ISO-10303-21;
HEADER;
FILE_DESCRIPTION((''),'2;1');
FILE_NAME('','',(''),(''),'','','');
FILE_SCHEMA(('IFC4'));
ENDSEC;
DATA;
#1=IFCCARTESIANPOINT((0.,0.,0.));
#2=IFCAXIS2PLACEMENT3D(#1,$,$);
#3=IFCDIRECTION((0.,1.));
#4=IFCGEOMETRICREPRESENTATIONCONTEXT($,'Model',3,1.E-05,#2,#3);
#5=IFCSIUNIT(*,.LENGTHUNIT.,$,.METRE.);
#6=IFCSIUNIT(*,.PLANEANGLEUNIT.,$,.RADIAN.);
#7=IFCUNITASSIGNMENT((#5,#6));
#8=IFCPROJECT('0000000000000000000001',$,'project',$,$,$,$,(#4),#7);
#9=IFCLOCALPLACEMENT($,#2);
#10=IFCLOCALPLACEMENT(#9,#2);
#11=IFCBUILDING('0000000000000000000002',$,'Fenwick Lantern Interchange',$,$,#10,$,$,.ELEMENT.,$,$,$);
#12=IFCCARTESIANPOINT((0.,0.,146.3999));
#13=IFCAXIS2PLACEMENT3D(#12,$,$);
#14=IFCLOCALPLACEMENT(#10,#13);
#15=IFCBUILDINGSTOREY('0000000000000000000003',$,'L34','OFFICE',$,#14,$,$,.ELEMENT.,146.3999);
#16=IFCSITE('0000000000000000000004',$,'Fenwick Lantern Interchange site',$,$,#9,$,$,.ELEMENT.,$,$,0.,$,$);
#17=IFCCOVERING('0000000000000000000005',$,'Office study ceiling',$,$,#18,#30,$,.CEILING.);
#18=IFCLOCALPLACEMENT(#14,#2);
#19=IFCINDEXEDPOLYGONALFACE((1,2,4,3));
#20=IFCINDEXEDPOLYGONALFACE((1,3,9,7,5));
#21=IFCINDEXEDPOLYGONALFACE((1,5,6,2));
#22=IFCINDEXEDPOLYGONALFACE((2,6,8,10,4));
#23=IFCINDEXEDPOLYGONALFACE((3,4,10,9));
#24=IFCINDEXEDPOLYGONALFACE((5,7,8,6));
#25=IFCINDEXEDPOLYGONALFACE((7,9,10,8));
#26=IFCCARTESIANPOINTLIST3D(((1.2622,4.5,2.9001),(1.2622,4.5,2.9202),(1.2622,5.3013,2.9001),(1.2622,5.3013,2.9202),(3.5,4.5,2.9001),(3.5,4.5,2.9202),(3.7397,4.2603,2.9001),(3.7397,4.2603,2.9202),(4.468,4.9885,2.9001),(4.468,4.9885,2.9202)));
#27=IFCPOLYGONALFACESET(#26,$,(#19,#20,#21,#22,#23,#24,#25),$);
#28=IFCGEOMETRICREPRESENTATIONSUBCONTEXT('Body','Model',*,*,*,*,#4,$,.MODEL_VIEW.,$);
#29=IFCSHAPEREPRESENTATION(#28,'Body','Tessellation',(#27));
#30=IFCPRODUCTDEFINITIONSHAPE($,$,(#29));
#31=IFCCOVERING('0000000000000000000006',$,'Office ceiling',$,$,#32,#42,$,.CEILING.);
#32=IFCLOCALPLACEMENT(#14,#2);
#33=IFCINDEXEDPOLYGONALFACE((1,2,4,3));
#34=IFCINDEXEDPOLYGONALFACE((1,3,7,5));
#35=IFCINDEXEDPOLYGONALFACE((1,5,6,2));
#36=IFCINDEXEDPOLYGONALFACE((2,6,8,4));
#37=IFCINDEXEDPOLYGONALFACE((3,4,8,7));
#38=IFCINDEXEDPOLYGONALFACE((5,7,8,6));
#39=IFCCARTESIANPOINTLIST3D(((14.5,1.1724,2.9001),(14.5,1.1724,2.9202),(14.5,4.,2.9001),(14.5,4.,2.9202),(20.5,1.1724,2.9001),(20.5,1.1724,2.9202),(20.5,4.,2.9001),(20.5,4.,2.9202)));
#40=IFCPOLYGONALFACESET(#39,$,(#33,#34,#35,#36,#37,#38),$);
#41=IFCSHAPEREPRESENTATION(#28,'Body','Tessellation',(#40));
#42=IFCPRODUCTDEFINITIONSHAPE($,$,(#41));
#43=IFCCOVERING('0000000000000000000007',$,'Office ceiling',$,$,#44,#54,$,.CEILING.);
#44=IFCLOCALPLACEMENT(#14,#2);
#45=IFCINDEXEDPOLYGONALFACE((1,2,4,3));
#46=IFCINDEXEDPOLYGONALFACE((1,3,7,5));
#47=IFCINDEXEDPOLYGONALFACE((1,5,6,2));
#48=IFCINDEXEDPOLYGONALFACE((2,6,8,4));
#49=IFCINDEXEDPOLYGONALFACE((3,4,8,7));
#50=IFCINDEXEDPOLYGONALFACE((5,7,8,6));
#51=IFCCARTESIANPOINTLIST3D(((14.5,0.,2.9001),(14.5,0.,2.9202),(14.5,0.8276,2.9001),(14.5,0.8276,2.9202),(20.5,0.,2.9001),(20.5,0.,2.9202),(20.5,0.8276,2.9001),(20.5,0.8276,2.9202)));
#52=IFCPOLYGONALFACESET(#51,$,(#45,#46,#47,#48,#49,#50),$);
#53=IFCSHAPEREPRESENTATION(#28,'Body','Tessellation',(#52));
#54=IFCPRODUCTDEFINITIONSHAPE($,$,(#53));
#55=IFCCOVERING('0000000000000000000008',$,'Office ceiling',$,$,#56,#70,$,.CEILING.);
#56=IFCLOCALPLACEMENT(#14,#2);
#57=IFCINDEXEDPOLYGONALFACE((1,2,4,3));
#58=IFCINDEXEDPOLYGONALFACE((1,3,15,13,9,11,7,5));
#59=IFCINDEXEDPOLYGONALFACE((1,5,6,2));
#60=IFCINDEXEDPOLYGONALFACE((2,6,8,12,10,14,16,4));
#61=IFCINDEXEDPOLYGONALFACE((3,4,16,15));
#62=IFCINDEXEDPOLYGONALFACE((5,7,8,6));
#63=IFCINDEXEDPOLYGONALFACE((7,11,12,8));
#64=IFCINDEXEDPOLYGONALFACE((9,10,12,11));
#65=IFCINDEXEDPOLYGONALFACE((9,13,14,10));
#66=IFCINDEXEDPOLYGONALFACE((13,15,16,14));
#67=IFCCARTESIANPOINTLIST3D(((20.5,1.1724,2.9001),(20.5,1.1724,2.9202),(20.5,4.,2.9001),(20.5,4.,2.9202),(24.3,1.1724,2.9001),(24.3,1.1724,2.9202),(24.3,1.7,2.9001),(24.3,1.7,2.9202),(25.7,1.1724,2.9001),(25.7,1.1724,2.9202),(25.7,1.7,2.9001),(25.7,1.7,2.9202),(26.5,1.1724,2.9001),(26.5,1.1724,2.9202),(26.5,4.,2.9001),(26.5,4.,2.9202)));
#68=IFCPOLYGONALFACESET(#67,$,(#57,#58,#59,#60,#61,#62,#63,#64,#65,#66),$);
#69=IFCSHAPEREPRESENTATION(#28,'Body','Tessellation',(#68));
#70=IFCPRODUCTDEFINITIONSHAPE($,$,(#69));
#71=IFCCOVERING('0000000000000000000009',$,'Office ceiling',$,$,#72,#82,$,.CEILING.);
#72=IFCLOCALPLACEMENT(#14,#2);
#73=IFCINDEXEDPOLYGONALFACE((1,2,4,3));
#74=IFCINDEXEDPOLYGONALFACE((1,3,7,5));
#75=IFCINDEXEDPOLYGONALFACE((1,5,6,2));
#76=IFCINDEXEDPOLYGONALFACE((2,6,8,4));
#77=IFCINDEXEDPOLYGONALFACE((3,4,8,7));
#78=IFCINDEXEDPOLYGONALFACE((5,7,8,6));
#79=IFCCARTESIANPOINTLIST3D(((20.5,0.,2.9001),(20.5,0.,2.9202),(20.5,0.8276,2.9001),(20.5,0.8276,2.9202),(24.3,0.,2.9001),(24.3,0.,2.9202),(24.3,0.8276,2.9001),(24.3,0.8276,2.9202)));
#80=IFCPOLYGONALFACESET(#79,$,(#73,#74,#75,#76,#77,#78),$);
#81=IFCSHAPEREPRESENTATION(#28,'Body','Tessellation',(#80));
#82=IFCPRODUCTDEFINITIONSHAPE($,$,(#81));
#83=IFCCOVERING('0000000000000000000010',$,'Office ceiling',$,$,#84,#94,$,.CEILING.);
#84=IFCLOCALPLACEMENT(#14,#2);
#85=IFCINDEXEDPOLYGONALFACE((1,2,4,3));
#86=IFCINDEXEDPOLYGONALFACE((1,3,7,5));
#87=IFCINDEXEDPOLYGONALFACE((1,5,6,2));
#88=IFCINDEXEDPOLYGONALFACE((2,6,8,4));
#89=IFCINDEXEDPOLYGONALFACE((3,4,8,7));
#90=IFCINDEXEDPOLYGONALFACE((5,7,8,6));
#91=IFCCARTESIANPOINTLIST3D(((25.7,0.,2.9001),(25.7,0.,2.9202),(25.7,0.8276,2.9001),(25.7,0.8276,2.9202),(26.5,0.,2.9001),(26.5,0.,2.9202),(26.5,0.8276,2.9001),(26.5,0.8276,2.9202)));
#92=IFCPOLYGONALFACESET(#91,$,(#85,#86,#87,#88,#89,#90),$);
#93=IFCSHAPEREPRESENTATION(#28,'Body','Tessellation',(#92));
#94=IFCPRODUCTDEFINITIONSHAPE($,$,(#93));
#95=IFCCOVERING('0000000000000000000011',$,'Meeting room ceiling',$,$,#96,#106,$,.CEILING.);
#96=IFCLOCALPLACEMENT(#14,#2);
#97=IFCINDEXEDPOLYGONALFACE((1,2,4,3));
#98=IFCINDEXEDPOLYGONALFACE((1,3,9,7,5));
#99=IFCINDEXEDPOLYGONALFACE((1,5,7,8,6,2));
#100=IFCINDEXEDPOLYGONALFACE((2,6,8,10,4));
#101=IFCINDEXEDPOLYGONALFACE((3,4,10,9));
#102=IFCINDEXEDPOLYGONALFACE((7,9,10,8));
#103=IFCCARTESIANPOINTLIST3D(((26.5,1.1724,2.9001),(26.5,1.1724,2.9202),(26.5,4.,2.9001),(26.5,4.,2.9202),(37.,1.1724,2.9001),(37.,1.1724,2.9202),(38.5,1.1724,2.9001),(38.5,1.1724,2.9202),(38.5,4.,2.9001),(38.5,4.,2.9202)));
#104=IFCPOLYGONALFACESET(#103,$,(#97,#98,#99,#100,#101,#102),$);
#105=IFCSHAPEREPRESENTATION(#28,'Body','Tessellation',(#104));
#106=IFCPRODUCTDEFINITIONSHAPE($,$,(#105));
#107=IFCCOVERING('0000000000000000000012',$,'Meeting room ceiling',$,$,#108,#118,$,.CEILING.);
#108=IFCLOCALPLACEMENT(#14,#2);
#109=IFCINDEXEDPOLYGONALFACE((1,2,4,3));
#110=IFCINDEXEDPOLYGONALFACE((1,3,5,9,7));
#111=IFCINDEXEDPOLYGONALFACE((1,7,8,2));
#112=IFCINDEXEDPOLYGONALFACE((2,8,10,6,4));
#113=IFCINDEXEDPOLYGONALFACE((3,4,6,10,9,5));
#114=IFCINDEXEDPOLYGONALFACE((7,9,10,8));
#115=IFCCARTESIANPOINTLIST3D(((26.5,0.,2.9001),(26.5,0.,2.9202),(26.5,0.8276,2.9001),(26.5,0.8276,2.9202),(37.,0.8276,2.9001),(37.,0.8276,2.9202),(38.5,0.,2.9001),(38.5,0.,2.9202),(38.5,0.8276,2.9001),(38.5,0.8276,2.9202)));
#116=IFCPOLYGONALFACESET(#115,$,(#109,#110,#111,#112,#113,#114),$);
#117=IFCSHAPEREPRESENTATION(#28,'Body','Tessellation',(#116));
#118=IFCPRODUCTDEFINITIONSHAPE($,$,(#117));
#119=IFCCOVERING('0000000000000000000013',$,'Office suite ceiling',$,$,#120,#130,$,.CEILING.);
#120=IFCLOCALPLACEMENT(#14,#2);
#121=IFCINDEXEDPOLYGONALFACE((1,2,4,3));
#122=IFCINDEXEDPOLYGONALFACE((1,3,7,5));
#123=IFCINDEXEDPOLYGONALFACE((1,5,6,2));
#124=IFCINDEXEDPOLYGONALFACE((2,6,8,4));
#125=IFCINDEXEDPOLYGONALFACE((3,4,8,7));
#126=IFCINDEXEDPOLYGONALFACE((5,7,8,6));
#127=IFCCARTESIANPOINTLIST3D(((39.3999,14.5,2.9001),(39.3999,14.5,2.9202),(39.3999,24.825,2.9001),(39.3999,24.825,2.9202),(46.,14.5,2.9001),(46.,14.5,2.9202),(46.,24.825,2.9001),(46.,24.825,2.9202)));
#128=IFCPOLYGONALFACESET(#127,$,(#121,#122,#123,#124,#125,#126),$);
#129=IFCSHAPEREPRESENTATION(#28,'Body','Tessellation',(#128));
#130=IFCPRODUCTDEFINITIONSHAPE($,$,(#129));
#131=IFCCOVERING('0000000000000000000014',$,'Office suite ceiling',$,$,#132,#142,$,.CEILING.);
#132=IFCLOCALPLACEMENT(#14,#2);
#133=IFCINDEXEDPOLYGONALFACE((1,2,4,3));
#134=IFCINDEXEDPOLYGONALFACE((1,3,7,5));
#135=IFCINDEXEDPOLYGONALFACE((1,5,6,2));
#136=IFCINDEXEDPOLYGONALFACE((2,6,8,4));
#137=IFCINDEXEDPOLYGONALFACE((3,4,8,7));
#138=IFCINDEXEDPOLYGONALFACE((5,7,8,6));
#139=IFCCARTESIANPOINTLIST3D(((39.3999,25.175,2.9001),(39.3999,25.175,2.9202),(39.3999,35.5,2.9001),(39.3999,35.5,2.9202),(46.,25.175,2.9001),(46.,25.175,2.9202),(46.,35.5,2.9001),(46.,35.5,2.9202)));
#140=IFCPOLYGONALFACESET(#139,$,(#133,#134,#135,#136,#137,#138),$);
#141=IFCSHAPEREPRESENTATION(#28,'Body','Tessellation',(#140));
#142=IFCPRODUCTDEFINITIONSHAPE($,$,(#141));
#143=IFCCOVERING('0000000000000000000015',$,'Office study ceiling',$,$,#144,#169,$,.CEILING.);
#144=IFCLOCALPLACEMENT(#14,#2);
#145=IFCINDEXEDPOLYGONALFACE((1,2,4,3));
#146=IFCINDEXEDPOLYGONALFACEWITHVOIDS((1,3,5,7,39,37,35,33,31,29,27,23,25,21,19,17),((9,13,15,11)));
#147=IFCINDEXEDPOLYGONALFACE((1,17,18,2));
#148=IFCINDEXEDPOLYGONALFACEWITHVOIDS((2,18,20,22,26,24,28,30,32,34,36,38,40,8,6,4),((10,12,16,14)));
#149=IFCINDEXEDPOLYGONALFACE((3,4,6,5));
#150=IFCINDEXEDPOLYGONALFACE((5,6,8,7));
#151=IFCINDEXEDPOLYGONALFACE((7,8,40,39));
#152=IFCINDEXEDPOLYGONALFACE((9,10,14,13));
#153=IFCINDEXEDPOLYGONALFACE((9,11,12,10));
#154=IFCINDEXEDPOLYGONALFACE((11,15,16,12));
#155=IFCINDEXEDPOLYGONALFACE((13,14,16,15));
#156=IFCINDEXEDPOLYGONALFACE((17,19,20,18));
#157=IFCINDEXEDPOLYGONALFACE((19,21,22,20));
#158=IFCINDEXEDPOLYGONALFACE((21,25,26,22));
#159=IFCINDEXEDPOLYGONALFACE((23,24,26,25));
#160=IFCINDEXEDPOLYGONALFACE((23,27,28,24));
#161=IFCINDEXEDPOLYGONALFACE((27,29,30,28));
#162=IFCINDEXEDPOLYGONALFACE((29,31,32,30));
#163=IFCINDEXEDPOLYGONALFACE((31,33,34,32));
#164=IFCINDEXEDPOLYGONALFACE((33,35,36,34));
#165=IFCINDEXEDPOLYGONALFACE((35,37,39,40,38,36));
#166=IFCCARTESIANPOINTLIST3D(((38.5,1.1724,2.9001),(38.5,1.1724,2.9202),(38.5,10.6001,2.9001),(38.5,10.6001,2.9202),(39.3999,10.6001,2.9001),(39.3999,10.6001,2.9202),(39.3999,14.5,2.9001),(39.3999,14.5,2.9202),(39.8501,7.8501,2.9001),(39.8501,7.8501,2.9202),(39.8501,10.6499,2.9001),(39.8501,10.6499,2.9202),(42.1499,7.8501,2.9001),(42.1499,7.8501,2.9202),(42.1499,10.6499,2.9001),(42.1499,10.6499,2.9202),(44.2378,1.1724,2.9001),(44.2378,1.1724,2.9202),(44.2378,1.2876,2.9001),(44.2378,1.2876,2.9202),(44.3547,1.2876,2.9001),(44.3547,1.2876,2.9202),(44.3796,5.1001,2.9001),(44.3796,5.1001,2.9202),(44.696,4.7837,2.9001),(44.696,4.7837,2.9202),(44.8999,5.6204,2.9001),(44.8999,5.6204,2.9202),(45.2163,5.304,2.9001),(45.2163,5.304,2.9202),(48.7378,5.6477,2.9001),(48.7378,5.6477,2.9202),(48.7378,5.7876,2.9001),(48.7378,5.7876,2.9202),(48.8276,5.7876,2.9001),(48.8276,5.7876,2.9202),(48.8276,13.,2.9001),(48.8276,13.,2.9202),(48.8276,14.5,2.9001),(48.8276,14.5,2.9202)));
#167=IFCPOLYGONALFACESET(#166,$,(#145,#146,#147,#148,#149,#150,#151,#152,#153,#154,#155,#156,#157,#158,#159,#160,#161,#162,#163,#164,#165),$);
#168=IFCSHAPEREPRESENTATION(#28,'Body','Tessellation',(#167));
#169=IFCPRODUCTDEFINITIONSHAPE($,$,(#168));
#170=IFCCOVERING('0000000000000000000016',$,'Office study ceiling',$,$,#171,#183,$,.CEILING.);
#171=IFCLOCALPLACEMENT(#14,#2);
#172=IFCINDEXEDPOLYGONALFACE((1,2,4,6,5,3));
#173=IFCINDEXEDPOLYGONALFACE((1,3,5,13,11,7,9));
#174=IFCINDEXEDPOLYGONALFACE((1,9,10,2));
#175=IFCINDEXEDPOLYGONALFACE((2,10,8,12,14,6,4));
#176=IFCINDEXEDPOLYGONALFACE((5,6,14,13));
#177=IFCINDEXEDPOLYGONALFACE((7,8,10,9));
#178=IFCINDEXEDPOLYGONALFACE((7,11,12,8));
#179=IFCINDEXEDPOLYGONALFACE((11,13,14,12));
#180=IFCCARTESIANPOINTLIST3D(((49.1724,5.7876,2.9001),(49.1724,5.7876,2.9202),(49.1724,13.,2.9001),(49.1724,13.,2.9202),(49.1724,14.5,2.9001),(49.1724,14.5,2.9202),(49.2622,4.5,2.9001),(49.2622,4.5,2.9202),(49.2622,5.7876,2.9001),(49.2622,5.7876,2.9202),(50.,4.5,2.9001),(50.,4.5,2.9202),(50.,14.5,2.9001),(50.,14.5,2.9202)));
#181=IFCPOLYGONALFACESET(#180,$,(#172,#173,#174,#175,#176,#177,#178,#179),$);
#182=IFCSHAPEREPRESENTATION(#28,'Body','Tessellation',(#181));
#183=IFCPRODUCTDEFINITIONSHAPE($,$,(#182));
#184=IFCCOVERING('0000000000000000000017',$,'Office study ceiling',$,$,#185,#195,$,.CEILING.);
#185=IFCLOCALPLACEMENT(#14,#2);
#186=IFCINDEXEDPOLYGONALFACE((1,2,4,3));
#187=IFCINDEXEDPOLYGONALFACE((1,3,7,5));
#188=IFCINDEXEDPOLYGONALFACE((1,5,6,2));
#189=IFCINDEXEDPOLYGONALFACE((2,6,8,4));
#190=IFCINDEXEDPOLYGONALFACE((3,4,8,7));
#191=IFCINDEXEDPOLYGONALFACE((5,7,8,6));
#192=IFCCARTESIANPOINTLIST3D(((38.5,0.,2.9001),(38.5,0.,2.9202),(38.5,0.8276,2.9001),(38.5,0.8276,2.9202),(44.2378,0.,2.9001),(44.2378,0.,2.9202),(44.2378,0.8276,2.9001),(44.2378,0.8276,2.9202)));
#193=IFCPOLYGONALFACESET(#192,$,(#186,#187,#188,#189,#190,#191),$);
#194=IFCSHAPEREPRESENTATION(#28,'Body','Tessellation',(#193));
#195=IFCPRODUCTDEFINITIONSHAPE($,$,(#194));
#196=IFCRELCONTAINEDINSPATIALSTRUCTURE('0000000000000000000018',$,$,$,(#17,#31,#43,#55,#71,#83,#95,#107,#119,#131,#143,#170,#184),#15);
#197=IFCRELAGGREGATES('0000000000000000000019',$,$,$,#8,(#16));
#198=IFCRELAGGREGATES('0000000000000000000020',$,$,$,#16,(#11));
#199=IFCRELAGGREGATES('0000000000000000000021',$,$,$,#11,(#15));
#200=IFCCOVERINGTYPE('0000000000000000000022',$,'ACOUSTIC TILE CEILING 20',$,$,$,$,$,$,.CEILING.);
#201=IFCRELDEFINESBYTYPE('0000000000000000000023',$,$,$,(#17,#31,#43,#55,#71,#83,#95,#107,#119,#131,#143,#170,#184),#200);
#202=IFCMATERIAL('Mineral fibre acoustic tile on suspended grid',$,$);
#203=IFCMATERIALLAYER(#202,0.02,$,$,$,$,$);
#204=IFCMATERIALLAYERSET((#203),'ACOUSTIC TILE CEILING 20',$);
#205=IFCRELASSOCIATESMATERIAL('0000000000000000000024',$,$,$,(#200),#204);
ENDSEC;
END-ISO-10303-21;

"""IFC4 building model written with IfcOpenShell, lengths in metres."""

from ifc_helpers import new_model, si_unit, direction, frame, origin, place, context, subcontext, project, spatial, polyline, outline, extrude, material, layer, layer_set, type_object, element, save


model = new_model("IFC4")

# Units and contexts
model_context = context("Model", 3, precision=1e-05, world=origin(), true_north=direction((0.0, 1.0)))
body_context = subcontext(model_context, "Body", "Model", "MODEL_VIEW")
ifc_project = project(units=[si_unit("LENGTHUNIT", "METRE"), si_unit("PLANEANGLEUNIT", "RADIAN")], contexts=[model_context])

# Site, building, storey
site_placement = place(None, origin())
site = spatial("IfcSite", under=ifc_project, at=site_placement, Name="Fenwick Lantern Interchange site", CompositionType="ELEMENT", RefElevation=0.0)
building_placement = place(site_placement, origin())
building = spatial("IfcBuilding", under=site, at=building_placement, Name="Fenwick Lantern Interchange", CompositionType="ELEMENT")
storey_placement = place(building_placement, frame((0.0, 0.0, 146.3999)))
storey = spatial("IfcBuildingStorey", under=building, at=storey_placement, Name="L34", Description="OFFICE", CompositionType="ELEMENT", Elevation=146.3999)

# Coverings
ifc_material = material(Name="Mineral fibre acoustic tile on suspended grid")
ifc_layer = layer(ifc_material, 0.02)
ifc_layer_set = layer_set([ifc_layer], Name="ACOUSTIC TILE CEILING 20")
covering_type = type_object("IfcCoveringType", Name="ACOUSTIC TILE CEILING 20", PredefinedType="CEILING", material=ifc_layer_set)
covering_1_placement = place(storey_placement, frame((0.0, 0.0, 2.9001)))
element("IfcCovering", 1, at=covering_1_placement, inside=storey, type_object=covering_type, Name="Office study ceiling", PredefinedType="CEILING", context=body_context, shape_type="SweptSolid", body=[
    extrude(outline(polyline([(3.7397, 4.2603), (4.468, 4.9885), (1.2622, 5.3013), (1.2622, 4.5), (3.5, 4.5), (3.7397, 4.2603)])), origin(), (0.0, 0.0, 1.0), 0.02),
])
covering_2_placement = place(storey_placement, frame((0.0, 0.0, 2.9001)))
element("IfcCovering", 2, at=covering_2_placement, inside=storey, type_object=covering_type, Name="Office ceiling", PredefinedType="CEILING", context=body_context, shape_type="SweptSolid", body=[
    extrude(outline(polyline([(14.5, 4.0), (14.5, 1.1724), (20.5, 1.1724), (20.5, 4.0), (14.5, 4.0)])), origin(), (0.0, 0.0, 1.0), 0.02),
])
covering_3_placement = place(storey_placement, frame((0.0, 0.0, 2.9001)))
element("IfcCovering", 3, at=covering_3_placement, inside=storey, type_object=covering_type, Name="Office ceiling", PredefinedType="CEILING", context=body_context, shape_type="SweptSolid", body=[
    extrude(outline(polyline([(20.5, 0.0), (20.5, 0.8276), (14.5, 0.8276), (14.5, 0.0), (20.5, 0.0)])), origin(), (0.0, 0.0, 1.0), 0.02),
])
covering_4_placement = place(storey_placement, frame((0.0, 0.0, 2.9001)))
element("IfcCovering", 4, at=covering_4_placement, inside=storey, type_object=covering_type, Name="Office ceiling", PredefinedType="CEILING", context=body_context, shape_type="SweptSolid", body=[
    extrude(outline(polyline([(20.5, 4.0), (20.5, 1.1724), (24.3, 1.1724), (24.3, 1.7), (25.7, 1.7), (25.7, 1.1724), (26.5, 1.1724), (26.5, 4.0), (20.5, 4.0)])), origin(), (0.0, 0.0, 1.0), 0.02),
])
covering_5_placement = place(storey_placement, frame((0.0, 0.0, 2.9001)))
element("IfcCovering", 5, at=covering_5_placement, inside=storey, type_object=covering_type, Name="Office ceiling", PredefinedType="CEILING", context=body_context, shape_type="SweptSolid", body=[
    extrude(outline(polyline([(20.5, 0.8276), (20.5, 0.0), (24.3, 0.0), (24.3, 0.8276), (20.5, 0.8276)])), origin(), (0.0, 0.0, 1.0), 0.02),
])
covering_6_placement = place(storey_placement, frame((0.0, 0.0, 2.9001)))
element("IfcCovering", 6, at=covering_6_placement, inside=storey, type_object=covering_type, Name="Office ceiling", PredefinedType="CEILING", context=body_context, shape_type="SweptSolid", body=[
    extrude(outline(polyline([(26.5, 0.0), (26.5, 0.8276), (25.7, 0.8276), (25.7, 0.0), (26.5, 0.0)])), origin(), (0.0, 0.0, 1.0), 0.02),
])
covering_7_placement = place(storey_placement, frame((0.0, 0.0, 2.9001)))
element("IfcCovering", 7, at=covering_7_placement, inside=storey, type_object=covering_type, Name="Meeting room ceiling", PredefinedType="CEILING", context=body_context, shape_type="SweptSolid", body=[
    extrude(outline(polyline([(26.5, 4.0), (26.5, 1.1724), (37.0, 1.1724), (38.5, 1.1724), (38.5, 4.0), (26.5, 4.0)])), origin(), (0.0, 0.0, 1.0), 0.02),
])
covering_8_placement = place(storey_placement, frame((0.0, 0.0, 2.9001)))
element("IfcCovering", 8, at=covering_8_placement, inside=storey, type_object=covering_type, Name="Meeting room ceiling", PredefinedType="CEILING", context=body_context, shape_type="SweptSolid", body=[
    extrude(outline(polyline([(26.5, 0.8276), (26.5, 0.0), (38.5, 0.0), (38.5, 0.8276), (37.0, 0.8276), (26.5, 0.8276)])), origin(), (0.0, 0.0, 1.0), 0.02),
])
covering_9_placement = place(storey_placement, frame((0.0, 0.0, 2.9001)))
element("IfcCovering", 9, at=covering_9_placement, inside=storey, type_object=covering_type, Name="Office suite ceiling", PredefinedType="CEILING", context=body_context, shape_type="SweptSolid", body=[
    extrude(outline(polyline([(39.3999, 24.825), (39.3999, 14.5), (46.0, 14.5), (46.0, 24.825), (39.3999, 24.825)])), origin(), (0.0, 0.0, 1.0), 0.02),
])
covering_10_placement = place(storey_placement, frame((0.0, 0.0, 2.9001)))
element("IfcCovering", 10, at=covering_10_placement, inside=storey, type_object=covering_type, Name="Office suite ceiling", PredefinedType="CEILING", context=body_context, shape_type="SweptSolid", body=[
    extrude(outline(polyline([(39.3999, 35.5), (39.3999, 25.175), (46.0, 25.175), (46.0, 35.5), (39.3999, 35.5)])), origin(), (0.0, 0.0, 1.0), 0.02),
])
covering_11_placement = place(storey_placement, frame((0.0, 0.0, 2.9001)))
element("IfcCovering", 11, at=covering_11_placement, inside=storey, type_object=covering_type, Name="Office study ceiling", PredefinedType="CEILING", context=body_context, shape_type="SweptSolid", body=[
    extrude(outline(polyline([(44.2378, 1.2876), (44.3547, 1.2876), (44.696, 4.7837), (44.3796, 5.1001), (44.8999, 5.6204), (45.2163, 5.304), (48.7378, 5.6477), (48.7378, 5.7876), (48.8276, 5.7876), (48.8276, 13.0), (48.8276, 14.5), (39.3999, 14.5), (39.3999, 10.6001), (38.5, 10.6001), (38.5, 1.1724), (44.2378, 1.1724), (44.2378, 1.2876)]), holes=[polyline([(39.8501, 7.8501), (39.8501, 10.6499), (42.1499, 10.6499), (42.1499, 7.8501), (39.8501, 7.8501)])]), origin(), (0.0, 0.0, 1.0), 0.02),
])
covering_12_placement = place(storey_placement, frame((0.0, 0.0, 2.9001)))
element("IfcCovering", 12, at=covering_12_placement, inside=storey, type_object=covering_type, Name="Office study ceiling", PredefinedType="CEILING", context=body_context, shape_type="SweptSolid", body=[
    extrude(outline(polyline([(50.0, 14.5), (49.1724, 14.5), (49.1724, 13.0), (49.1724, 5.7876), (49.2622, 5.7876), (49.2622, 4.5), (50.0, 4.5), (50.0, 14.5)])), origin(), (0.0, 0.0, 1.0), 0.02),
])
covering_13_placement = place(storey_placement, frame((0.0, 0.0, 2.9001)))
element("IfcCovering", 13, at=covering_13_placement, inside=storey, type_object=covering_type, Name="Office study ceiling", PredefinedType="CEILING", context=body_context, shape_type="SweptSolid", body=[
    extrude(outline(polyline([(44.2378, 0.0), (44.2378, 0.8276), (38.5, 0.8276), (38.5, 0.0), (44.2378, 0.0)])), origin(), (0.0, 0.0, 1.0), 0.02),
])

save(model, "model.ifc")
